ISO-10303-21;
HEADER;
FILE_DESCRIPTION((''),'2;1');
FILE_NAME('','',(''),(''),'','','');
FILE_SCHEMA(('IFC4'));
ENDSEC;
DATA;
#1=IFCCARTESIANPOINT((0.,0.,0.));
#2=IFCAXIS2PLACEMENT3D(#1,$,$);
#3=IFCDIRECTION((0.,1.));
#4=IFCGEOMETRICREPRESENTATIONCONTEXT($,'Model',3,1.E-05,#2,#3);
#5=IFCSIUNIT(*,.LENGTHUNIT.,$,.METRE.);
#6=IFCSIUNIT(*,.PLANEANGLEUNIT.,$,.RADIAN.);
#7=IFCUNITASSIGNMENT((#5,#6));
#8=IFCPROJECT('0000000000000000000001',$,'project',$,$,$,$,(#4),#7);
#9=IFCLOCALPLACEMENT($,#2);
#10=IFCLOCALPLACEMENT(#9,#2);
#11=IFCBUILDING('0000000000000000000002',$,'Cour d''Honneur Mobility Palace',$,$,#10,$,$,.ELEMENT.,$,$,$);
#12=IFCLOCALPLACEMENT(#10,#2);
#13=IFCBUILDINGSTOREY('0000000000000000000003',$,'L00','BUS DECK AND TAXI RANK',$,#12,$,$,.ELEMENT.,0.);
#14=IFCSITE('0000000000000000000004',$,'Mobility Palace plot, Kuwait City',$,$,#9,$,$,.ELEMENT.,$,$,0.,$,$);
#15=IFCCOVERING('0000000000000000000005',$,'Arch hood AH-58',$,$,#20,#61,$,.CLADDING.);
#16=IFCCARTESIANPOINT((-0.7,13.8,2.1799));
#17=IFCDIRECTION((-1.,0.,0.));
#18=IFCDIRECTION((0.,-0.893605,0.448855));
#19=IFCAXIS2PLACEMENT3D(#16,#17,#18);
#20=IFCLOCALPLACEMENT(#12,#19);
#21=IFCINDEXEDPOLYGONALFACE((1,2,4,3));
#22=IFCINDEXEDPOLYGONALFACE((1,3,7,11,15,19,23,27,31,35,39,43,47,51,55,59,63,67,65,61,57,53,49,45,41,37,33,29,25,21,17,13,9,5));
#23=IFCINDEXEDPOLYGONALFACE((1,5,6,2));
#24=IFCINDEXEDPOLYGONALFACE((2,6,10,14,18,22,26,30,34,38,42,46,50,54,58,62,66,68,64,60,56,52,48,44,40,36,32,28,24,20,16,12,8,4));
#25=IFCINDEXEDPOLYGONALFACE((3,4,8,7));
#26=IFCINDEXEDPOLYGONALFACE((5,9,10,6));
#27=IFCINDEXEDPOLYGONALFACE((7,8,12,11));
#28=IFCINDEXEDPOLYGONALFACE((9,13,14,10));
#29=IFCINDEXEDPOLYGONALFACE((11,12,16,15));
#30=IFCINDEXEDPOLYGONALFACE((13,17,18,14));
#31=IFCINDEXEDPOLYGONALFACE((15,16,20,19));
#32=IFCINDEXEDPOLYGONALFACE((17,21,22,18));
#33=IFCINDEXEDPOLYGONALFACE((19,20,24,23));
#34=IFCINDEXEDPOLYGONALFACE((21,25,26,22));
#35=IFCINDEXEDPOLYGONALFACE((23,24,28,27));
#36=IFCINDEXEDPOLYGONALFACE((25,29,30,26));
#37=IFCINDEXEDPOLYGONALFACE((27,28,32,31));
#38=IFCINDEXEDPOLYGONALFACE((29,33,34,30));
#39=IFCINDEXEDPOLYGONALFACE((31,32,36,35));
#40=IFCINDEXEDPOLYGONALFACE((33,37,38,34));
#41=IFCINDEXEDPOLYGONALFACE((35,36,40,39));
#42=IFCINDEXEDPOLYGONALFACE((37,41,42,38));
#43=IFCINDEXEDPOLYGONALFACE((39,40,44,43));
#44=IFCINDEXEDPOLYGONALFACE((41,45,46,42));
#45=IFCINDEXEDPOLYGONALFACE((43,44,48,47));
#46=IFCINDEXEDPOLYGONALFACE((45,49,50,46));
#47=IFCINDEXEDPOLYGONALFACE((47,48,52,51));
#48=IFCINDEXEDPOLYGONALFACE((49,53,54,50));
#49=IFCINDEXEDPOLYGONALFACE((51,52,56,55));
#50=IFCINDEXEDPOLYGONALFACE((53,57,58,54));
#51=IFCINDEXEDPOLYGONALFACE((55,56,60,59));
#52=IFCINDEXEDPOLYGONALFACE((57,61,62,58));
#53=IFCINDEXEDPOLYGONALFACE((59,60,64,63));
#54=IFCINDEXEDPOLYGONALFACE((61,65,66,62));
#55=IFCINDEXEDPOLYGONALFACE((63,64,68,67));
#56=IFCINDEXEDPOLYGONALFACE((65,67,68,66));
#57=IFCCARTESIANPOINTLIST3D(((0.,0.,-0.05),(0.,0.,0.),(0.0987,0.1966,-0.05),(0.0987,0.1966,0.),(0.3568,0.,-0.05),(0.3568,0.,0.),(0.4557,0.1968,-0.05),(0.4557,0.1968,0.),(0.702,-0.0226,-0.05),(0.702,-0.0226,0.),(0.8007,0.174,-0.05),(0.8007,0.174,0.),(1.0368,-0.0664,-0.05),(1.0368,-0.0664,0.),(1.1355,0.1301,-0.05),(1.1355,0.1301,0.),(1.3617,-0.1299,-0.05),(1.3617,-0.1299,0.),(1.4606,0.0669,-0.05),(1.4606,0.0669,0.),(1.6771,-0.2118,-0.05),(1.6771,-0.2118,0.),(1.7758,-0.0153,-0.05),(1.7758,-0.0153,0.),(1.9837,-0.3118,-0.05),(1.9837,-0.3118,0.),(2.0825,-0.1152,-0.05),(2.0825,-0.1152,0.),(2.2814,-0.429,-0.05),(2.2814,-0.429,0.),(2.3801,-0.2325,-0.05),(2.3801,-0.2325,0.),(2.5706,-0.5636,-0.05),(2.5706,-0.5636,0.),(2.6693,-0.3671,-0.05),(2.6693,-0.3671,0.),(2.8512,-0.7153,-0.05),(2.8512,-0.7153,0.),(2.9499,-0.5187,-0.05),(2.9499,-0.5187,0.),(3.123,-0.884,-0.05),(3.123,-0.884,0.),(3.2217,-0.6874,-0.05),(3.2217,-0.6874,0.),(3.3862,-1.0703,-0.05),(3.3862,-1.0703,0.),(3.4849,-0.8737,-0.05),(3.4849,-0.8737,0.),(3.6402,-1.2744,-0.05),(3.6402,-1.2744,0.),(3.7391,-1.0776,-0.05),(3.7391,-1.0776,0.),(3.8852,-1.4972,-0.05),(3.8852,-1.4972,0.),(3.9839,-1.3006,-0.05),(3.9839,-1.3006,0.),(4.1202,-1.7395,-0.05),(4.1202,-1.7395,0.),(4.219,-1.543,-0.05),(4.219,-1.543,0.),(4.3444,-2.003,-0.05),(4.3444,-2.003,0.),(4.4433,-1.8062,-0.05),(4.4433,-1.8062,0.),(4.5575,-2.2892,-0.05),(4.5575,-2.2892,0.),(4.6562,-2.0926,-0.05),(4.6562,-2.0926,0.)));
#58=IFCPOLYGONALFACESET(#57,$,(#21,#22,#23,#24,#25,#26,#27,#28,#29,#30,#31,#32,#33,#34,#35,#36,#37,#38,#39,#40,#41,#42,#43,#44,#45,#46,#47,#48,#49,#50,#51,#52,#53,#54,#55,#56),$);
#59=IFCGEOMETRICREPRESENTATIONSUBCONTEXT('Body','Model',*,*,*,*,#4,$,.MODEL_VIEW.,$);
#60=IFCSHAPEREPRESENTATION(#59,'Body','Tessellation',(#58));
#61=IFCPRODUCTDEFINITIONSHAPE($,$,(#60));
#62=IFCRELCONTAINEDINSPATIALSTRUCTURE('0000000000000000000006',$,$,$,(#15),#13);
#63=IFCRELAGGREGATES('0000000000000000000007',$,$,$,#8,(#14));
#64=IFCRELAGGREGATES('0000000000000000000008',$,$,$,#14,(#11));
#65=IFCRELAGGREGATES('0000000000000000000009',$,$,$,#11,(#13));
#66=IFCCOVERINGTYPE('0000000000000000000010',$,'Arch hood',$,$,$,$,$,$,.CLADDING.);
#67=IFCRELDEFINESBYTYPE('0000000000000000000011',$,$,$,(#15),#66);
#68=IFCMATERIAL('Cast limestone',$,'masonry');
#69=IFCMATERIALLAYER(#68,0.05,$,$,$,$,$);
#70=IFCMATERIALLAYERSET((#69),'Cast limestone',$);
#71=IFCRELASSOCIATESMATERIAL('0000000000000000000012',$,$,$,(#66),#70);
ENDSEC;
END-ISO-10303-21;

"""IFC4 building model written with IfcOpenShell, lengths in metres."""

from ifc_helpers import new_model, si_unit, direction, frame, origin, place, context, subcontext, project, spatial, polyline, outline, extrude, material, layer, layer_set, type_object, element, save


model = new_model("IFC4")

# Units and contexts
model_context = context("Model", 3, precision=1e-05, world=origin(), true_north=direction((0.0, 1.0)))
body_context = subcontext(model_context, "Body", "Model", "MODEL_VIEW")
ifc_project = project(units=[si_unit("LENGTHUNIT", "METRE"), si_unit("PLANEANGLEUNIT", "RADIAN")], contexts=[model_context])

# Site, building, storey
site_placement = place(None, origin())
site = spatial("IfcSite", under=ifc_project, at=site_placement, Name="Mobility Palace plot, Kuwait City", CompositionType="ELEMENT", RefElevation=0.0)
building_placement = place(site_placement, origin())
building = spatial("IfcBuilding", under=site, at=building_placement, Name="Cour d'Honneur Mobility Palace", CompositionType="ELEMENT")
storey_placement = place(building_placement, origin())
storey = spatial("IfcBuildingStorey", under=building, at=storey_placement, Name="L00", Description="BUS DECK AND TAXI RANK", CompositionType="ELEMENT", Elevation=0.0)

# Covering
ifc_material_1 = material(Name="Cast limestone", Category="masonry")
ifc_layer_1 = layer(ifc_material_1, 0.05)
ifc_layer_set_1 = layer_set([ifc_layer_1], Name="Cast limestone")
covering_type_1 = type_object("IfcCoveringType", Name="Arch hood", PredefinedType="CLADDING", material=ifc_layer_set_1)
covering_1_placement = place(storey_placement, frame((-0.7, 13.8, 2.1799), z_axis=(-1.0, 0.0, 0.0), x_axis=(0.0, -0.893605, 0.448855)))
element("IfcCovering", 1, at=covering_1_placement, inside=storey, type_object=covering_type_1, Name="Arch hood AH-58", PredefinedType="CLADDING", context=body_context, shape_type="SweptSolid", body=[
    extrude(outline(polyline([(0.0, 0.0), (0.3568, 0.0), (0.702, -0.0226), (1.0368, -0.0664), (1.3617, -0.1299), (1.6771, -0.2118), (1.9837, -0.3118), (2.2814, -0.429), (2.5706, -0.5636), (2.8512, -0.7153), (3.123, -0.884), (3.3862, -1.0703), (3.6402, -1.2744), (3.8852, -1.4972), (4.1202, -1.7395), (4.3444, -2.003), (4.5575, -2.2892), (4.6562, -2.0926), (4.4433, -1.8062), (4.219, -1.543), (3.9839, -1.3006), (3.7391, -1.0776), (3.4849, -0.8737), (3.2217, -0.6874), (2.9499, -0.5187), (2.6693, -0.3671), (2.3801, -0.2325), (2.0825, -0.1152), (1.7758, -0.0153), (1.4606, 0.0669), (1.1355, 0.1301), (0.8007, 0.174), (0.4557, 0.1968), (0.0987, 0.1966), (0.0, 0.0)])), origin(), (0.0, 0.0, -1.0), 0.05),
])

save(model, "model.ifc")
